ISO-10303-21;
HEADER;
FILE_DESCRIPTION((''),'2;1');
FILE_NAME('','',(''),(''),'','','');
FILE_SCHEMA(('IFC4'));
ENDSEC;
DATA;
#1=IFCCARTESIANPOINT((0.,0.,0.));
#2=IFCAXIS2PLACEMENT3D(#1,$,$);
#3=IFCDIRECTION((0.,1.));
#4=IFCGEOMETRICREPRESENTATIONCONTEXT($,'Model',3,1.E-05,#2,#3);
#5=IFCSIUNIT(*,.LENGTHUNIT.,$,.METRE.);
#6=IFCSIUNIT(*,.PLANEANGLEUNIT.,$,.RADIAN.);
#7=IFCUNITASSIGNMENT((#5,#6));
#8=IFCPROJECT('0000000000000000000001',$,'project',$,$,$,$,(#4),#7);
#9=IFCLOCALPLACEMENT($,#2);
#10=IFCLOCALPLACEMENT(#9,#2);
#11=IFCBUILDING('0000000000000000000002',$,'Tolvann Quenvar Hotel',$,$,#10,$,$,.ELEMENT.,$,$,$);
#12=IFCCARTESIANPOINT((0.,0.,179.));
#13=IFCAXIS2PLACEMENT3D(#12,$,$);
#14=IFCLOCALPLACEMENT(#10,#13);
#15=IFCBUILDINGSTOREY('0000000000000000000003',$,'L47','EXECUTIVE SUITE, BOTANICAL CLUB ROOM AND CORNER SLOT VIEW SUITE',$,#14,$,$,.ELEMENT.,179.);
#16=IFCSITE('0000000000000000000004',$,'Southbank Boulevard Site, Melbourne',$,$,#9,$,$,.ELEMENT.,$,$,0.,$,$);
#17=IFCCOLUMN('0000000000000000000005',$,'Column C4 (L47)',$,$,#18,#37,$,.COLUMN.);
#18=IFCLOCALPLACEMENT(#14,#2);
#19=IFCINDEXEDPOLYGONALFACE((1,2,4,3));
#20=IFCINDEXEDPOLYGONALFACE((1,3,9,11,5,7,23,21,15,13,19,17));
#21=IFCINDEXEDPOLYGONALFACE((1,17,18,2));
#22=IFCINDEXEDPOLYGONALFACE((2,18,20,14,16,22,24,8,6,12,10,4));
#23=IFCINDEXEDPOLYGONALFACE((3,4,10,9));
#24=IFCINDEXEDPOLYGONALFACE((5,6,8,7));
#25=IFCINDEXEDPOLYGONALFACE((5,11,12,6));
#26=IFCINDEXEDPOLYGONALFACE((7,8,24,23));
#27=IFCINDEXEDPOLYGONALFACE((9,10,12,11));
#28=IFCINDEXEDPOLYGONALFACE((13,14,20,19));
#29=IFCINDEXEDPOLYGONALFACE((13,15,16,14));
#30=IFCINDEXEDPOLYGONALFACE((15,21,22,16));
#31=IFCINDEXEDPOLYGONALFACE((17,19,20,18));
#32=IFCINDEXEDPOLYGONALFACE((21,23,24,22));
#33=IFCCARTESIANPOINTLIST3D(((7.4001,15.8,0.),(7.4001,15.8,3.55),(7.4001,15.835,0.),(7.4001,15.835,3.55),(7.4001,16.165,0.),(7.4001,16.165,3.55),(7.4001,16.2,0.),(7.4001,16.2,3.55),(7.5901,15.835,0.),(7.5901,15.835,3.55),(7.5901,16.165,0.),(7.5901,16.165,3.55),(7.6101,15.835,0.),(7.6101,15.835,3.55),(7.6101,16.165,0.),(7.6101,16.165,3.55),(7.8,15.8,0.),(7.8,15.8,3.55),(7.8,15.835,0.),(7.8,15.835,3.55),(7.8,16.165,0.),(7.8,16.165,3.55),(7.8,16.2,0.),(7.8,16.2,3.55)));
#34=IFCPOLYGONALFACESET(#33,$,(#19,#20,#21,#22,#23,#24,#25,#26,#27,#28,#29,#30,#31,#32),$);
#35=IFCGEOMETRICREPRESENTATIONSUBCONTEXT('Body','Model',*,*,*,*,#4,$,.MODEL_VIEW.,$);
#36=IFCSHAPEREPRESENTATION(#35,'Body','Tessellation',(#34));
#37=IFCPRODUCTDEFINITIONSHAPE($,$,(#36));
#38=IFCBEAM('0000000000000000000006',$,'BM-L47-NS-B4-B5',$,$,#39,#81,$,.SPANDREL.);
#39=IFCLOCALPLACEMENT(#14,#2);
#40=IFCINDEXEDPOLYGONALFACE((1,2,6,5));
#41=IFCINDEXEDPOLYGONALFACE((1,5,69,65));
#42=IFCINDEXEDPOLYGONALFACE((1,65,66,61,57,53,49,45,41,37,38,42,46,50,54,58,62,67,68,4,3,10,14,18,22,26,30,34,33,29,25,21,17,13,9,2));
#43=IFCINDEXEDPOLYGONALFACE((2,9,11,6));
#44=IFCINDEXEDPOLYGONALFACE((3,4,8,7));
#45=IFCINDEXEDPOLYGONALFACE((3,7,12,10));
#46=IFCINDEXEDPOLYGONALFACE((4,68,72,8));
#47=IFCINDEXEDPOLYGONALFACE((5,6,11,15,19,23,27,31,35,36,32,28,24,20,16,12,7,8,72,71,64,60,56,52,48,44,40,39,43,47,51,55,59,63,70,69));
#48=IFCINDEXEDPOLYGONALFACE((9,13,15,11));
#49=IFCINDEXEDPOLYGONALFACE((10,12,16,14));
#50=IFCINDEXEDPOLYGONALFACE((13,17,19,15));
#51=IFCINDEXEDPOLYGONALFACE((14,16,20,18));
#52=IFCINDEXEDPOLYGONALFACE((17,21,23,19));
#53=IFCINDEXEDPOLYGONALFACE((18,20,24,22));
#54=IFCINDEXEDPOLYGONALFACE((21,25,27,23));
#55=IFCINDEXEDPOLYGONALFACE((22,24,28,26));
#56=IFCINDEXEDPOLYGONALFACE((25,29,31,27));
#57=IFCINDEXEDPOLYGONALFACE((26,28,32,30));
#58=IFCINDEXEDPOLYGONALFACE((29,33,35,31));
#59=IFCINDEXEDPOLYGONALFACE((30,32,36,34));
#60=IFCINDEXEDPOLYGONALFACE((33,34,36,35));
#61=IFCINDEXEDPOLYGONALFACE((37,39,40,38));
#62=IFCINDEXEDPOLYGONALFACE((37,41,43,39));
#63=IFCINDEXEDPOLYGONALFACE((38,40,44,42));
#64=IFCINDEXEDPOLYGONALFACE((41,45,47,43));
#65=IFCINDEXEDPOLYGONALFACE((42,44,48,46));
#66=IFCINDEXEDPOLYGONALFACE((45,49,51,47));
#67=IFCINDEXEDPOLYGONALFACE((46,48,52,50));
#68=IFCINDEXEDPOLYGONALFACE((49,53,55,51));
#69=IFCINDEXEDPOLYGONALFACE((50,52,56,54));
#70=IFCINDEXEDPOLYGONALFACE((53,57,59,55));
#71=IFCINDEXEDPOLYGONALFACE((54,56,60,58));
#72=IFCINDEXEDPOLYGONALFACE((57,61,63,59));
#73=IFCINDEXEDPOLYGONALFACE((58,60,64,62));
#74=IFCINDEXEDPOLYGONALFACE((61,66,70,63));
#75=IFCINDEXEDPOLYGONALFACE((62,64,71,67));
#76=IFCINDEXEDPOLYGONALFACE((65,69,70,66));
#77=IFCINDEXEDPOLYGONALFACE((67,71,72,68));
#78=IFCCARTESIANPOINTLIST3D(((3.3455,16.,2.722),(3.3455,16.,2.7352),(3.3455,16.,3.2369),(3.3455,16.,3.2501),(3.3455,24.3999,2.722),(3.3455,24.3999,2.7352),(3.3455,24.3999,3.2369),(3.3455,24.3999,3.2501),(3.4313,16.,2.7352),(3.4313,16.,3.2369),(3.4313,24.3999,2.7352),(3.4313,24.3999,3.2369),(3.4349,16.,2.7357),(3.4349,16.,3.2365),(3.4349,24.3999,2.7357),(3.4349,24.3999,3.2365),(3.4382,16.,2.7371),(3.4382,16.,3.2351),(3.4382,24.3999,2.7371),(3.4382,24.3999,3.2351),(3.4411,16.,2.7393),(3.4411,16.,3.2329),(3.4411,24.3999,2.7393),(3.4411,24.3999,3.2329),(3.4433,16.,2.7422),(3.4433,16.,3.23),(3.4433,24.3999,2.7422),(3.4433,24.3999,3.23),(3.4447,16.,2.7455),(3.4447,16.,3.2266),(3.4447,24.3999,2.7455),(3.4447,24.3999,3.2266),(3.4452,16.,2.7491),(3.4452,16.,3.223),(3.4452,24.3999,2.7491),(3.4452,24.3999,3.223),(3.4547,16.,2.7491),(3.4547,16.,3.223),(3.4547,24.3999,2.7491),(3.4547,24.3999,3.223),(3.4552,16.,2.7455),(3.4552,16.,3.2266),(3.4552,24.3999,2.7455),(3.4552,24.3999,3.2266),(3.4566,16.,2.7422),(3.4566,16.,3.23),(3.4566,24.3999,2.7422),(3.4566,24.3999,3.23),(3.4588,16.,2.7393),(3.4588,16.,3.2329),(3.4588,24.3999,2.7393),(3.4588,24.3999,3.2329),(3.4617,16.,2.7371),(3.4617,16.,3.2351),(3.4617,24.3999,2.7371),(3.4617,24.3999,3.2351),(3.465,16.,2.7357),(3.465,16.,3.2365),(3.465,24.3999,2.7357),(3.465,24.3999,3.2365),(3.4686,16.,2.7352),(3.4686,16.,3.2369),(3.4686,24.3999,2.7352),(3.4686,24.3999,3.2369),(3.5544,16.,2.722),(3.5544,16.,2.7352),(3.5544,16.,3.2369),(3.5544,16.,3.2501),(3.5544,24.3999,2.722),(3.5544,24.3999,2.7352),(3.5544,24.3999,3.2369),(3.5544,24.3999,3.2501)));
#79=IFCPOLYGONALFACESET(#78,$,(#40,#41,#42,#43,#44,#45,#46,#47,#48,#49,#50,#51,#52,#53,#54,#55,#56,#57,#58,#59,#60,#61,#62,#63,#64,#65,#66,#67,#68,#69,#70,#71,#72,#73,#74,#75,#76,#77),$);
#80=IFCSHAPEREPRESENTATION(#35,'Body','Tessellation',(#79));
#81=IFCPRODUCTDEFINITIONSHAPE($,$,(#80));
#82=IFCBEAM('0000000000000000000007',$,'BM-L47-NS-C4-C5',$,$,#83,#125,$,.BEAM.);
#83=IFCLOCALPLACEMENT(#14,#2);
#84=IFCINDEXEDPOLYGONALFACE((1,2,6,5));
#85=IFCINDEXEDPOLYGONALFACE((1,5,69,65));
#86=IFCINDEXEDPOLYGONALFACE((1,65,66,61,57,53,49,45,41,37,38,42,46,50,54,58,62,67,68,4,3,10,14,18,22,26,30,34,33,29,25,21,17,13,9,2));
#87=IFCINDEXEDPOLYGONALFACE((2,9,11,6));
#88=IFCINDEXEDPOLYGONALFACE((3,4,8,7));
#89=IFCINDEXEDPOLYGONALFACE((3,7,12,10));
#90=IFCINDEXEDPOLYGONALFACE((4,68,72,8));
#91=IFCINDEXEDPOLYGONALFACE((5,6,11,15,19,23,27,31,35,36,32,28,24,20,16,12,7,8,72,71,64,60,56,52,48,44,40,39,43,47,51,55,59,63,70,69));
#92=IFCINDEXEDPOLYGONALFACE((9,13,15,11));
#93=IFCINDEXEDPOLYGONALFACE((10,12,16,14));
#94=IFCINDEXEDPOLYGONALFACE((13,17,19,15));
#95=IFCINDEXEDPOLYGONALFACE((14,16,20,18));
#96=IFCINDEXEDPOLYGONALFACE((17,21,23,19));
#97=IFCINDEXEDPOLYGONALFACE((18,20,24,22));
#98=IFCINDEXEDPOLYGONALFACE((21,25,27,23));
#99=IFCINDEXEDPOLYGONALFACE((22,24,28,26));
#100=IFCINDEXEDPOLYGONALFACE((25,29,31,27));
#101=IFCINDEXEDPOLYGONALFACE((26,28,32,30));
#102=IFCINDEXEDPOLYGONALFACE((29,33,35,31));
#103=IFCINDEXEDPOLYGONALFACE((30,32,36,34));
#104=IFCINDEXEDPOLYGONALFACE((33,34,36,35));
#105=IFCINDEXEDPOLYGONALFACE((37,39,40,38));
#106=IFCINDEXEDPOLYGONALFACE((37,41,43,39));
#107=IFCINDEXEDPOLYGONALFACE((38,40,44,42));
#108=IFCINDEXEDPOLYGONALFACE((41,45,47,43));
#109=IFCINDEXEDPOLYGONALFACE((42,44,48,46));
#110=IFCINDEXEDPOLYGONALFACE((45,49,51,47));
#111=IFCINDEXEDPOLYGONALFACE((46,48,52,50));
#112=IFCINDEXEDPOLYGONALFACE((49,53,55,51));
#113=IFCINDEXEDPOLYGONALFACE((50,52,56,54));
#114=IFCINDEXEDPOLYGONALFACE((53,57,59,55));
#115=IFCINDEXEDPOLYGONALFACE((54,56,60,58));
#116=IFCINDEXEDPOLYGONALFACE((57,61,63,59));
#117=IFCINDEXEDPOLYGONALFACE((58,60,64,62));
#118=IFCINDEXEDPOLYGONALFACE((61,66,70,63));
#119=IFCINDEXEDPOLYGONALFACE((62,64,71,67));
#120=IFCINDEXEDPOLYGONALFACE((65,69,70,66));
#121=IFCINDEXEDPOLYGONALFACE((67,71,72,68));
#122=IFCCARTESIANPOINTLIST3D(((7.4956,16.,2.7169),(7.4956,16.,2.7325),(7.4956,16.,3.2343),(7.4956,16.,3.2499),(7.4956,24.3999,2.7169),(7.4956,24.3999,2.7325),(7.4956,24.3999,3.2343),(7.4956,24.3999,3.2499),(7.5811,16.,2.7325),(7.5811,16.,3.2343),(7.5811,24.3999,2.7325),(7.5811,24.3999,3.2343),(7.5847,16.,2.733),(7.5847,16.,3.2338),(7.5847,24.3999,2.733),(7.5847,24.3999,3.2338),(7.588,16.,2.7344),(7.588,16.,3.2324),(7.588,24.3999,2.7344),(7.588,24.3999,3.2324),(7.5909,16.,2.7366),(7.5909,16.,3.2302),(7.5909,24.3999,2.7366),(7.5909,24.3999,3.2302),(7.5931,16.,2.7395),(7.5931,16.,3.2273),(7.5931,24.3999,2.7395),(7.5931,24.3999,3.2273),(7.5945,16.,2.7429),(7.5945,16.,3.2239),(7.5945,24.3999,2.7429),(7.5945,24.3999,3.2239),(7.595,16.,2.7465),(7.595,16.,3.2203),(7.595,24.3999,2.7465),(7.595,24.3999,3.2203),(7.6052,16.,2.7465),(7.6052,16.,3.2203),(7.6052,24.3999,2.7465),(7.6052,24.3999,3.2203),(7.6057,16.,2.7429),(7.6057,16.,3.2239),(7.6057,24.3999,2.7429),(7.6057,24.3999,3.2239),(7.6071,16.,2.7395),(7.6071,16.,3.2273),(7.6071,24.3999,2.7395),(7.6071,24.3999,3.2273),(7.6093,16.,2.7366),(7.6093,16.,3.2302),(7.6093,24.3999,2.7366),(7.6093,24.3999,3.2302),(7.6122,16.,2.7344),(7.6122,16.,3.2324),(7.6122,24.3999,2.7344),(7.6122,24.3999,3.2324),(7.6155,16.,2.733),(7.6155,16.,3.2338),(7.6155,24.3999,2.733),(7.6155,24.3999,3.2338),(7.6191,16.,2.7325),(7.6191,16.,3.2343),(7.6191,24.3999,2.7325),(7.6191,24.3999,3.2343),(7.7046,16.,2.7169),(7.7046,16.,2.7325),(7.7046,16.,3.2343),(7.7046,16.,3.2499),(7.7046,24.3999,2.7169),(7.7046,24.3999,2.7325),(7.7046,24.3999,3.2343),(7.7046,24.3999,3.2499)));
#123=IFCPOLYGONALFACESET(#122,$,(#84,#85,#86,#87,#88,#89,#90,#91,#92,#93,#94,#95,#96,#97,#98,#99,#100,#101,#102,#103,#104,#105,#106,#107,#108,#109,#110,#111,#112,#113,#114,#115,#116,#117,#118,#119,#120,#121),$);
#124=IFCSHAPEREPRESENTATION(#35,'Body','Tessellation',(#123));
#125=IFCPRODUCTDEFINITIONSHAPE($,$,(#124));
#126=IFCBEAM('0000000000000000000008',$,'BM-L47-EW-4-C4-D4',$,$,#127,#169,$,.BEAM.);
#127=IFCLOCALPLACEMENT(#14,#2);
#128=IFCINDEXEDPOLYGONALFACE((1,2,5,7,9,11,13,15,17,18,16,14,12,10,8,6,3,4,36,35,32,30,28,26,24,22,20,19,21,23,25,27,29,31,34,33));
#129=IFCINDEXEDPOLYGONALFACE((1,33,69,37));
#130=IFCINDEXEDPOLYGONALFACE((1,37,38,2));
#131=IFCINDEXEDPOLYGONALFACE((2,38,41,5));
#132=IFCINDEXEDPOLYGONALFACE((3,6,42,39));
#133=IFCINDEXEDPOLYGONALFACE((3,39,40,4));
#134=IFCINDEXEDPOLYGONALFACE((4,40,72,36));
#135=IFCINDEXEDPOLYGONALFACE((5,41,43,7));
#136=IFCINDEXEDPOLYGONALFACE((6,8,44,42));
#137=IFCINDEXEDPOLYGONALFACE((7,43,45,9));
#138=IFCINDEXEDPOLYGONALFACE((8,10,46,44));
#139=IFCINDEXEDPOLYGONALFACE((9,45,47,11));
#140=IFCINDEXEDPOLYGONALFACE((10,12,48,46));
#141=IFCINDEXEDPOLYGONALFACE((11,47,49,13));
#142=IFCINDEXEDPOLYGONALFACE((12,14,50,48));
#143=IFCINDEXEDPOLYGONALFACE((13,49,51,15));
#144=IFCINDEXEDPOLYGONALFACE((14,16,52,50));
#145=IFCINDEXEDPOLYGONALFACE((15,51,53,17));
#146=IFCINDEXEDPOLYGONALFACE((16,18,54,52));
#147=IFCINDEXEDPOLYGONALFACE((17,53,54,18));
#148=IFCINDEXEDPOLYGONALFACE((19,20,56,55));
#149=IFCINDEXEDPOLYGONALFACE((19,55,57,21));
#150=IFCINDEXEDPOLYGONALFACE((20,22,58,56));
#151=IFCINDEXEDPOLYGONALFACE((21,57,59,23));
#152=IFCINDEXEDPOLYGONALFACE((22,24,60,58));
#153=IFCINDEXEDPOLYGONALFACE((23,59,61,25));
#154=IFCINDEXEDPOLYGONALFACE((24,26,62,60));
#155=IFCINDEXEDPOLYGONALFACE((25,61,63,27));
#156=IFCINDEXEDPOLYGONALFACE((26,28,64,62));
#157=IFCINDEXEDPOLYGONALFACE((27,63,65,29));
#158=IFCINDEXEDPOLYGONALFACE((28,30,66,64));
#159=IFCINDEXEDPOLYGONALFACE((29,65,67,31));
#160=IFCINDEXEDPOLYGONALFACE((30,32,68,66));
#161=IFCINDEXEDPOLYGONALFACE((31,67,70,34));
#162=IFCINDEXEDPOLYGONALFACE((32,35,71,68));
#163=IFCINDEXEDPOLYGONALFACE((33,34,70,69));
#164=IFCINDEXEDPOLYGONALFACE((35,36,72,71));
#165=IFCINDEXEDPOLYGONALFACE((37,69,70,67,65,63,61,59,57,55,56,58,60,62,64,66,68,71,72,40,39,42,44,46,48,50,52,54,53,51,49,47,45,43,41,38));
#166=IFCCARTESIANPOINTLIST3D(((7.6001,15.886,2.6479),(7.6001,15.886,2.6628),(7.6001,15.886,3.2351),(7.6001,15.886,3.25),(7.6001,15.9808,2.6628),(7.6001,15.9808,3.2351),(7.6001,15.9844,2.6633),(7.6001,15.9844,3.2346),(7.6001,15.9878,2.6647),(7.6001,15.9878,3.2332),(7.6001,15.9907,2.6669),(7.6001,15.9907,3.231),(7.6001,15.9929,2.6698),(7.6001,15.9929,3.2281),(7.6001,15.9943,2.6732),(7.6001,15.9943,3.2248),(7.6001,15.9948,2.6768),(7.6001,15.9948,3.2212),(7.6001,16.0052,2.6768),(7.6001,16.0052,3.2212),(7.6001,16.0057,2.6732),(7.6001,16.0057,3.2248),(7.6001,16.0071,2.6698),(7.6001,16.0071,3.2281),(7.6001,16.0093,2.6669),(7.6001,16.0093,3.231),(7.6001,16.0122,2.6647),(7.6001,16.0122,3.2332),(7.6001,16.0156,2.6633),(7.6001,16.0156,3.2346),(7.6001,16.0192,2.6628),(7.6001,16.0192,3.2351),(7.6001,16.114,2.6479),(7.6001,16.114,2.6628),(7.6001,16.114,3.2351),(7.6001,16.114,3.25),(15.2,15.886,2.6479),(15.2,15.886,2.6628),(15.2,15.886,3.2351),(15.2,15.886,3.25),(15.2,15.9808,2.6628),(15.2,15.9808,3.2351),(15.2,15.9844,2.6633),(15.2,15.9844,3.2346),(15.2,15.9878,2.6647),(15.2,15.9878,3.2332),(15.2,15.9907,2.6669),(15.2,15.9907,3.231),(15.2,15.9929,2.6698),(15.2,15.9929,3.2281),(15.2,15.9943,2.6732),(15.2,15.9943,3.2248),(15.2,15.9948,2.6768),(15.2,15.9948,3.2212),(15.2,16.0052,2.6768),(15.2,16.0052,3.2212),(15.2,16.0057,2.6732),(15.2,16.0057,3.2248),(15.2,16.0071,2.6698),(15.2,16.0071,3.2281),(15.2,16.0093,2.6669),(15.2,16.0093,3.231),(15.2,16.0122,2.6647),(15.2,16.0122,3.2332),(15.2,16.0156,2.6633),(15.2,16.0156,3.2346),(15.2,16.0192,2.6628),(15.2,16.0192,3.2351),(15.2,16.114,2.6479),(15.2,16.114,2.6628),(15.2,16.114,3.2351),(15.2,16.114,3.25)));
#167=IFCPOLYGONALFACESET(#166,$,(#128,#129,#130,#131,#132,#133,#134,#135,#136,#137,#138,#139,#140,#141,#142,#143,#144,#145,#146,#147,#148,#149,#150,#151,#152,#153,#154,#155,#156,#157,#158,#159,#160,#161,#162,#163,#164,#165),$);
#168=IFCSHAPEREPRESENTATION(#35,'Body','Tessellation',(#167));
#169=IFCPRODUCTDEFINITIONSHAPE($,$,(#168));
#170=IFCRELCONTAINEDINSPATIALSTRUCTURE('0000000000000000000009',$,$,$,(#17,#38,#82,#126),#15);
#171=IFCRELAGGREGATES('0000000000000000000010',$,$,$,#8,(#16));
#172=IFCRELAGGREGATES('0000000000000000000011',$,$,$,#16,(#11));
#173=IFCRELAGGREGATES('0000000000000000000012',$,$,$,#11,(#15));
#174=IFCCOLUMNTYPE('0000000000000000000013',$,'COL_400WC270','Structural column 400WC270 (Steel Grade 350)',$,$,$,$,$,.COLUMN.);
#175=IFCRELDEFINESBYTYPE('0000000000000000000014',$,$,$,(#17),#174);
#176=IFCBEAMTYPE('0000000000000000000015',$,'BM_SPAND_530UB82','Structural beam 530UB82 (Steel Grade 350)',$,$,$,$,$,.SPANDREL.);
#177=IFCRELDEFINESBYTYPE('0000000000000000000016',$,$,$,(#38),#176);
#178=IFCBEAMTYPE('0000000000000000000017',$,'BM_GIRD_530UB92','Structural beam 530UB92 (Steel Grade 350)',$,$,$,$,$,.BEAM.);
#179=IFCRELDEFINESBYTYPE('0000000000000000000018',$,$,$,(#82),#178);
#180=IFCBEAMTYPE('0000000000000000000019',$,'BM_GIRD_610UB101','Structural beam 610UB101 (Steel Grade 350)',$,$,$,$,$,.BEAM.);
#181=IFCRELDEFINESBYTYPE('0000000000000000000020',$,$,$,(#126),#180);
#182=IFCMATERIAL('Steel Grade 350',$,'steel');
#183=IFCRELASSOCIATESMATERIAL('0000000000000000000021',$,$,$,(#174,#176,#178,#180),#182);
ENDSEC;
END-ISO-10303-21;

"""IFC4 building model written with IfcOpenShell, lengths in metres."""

from ifc_helpers import new_model, si_unit, direction, frame, origin, origin_2d, place, context, subcontext, project, spatial, i_section, extrude, source, transform, mapped, material, material_profile, profile_set, type_object, type_shapes, element, save


model = new_model("IFC4")

# Units and contexts
model_context = context("Model", 3, precision=1e-05, world=origin(), true_north=direction((0.0, 1.0)))
body_context = subcontext(model_context, "Body", "Model", "MODEL_VIEW")
ifc_project = project(units=[si_unit("LENGTHUNIT", "METRE"), si_unit("PLANEANGLEUNIT", "RADIAN")], contexts=[model_context])

# Site, building, storey
site_placement = place(None, origin())
site = spatial("IfcSite", under=ifc_project, at=site_placement, Name="Southbank Boulevard Site, Melbourne", CompositionType="ELEMENT", RefElevation=0.0)
building_placement = place(site_placement, origin())
building = spatial("IfcBuilding", under=site, at=building_placement, Name="Tolvann Quenvar Hotel", CompositionType="ELEMENT")
storey_placement = place(building_placement, frame((0.0, 0.0, 179.0)))
storey = spatial("IfcBuildingStorey", under=building, at=storey_placement, Name="L47", Description="EXECUTIVE SUITE, BOTANICAL CLUB ROOM AND CORNER SLOT VIEW SUITE", CompositionType="ELEMENT", Elevation=179.0)

# Column
ifc_material_1 = material(Name="Steel Grade 350", Category="steel")
ifc_material_profile_1 = material_profile(ifc_material_1, i_section(OverallWidth=0.3999, OverallDepth=0.3999, WebThickness=0.02, FlangeThickness=0.0349, at=origin_2d()), Name="400WC270")
ifc_profile_set_1 = profile_set([ifc_material_profile_1], Name="Steel Grade 350")
column_type = type_object("IfcColumnType", Name="COL_400WC270", Description="Structural column 400WC270 (Steel Grade 350)", PredefinedType="COLUMN", material=ifc_profile_set_1)
shared_shape_1 = source(origin(), body_context, "Body", "SweptSolid", [
    extrude(i_section(OverallWidth=0.3999, OverallDepth=0.3999, WebThickness=0.02, FlangeThickness=0.0349, at=origin_2d()), origin(), (0.0, 0.0, 1.0), 3.55),
])
type_shapes(column_type, [shared_shape_1])
column_placement = place(storey_placement, frame((7.6001, 16.0, 0.0), z_axis=(0.0, 0.0, 1.0), x_axis=(1.0, 0.0, 0.0)))
element("IfcColumn", 1, at=column_placement, inside=storey, type_object=column_type, Name="Column C4 (L47)", PredefinedType="COLUMN", context=body_context, shape_type="MappedRepresentation", body=[
    mapped(shared_shape_1, transform((0.0, 0.0, 0.0), x_axis=(1.0, 0.0, 0.0), y_axis=(0.0, 1.0, 0.0), z_axis=(0.0, 0.0, 1.0), scale=1.0)),
])

# Beams
ifc_material_profile_2 = material_profile(ifc_material_1, i_section(OverallWidth=0.209, OverallDepth=0.5281, WebThickness=0.0095, FlangeThickness=0.0132, FilletRadius=0.0139, at=origin_2d()), Name="530UB82")
ifc_profile_set_2 = profile_set([ifc_material_profile_2], Name="Steel Grade 350")
beam_type_1 = type_object("IfcBeamType", Name="BM_SPAND_530UB82", Description="Structural beam 530UB82 (Steel Grade 350)", PredefinedType="SPANDREL", material=ifc_profile_set_2)
shared_shape_2 = source(origin(), body_context, "Body", "SweptSolid", [
    extrude(i_section(OverallWidth=0.209, OverallDepth=0.5281, WebThickness=0.0095, FlangeThickness=0.0132, FilletRadius=0.0139, at=origin_2d()), origin(), (0.0, 0.0, 1.0), 8.3999),
])
type_shapes(beam_type_1, [shared_shape_2])
beam_1_placement = place(storey_placement, frame((3.45, 16.0, 2.9861), z_axis=(0.0, 1.0, 0.0), x_axis=(-1.0, 0.0, 0.0)))
element("IfcBeam", 2, at=beam_1_placement, inside=storey, type_object=beam_type_1, Name="BM-L47-NS-B4-B5", PredefinedType="SPANDREL", context=body_context, shape_type="MappedRepresentation", body=[
    mapped(shared_shape_2, transform((0.0, 0.0, 0.0), x_axis=(1.0, 0.0, 0.0), y_axis=(0.0, 1.0, 0.0), z_axis=(0.0, 0.0, 1.0), scale=1.0)),
])
ifc_material_profile_3 = material_profile(ifc_material_1, i_section(OverallWidth=0.209, OverallDepth=0.533, WebThickness=0.0103, FlangeThickness=0.0156, FilletRadius=0.0139, at=origin_2d()), Name="530UB92")
ifc_profile_set_3 = profile_set([ifc_material_profile_3], Name="Steel Grade 350")
beam_type_2 = type_object("IfcBeamType", Name="BM_GIRD_530UB92", Description="Structural beam 530UB92 (Steel Grade 350)", PredefinedType="BEAM", material=ifc_profile_set_3)
shared_shape_3 = source(origin(), body_context, "Body", "SweptSolid", [
    extrude(i_section(OverallWidth=0.209, OverallDepth=0.533, WebThickness=0.0103, FlangeThickness=0.0156, FilletRadius=0.0139, at=origin_2d()), origin(), (0.0, 0.0, 1.0), 8.3999),
])
type_shapes(beam_type_2, [shared_shape_3])
beam_2_placement = place(storey_placement, frame((7.6001, 16.0, 2.9834), z_axis=(0.0, 1.0, 0.0), x_axis=(-1.0, 0.0, 0.0)))
element("IfcBeam", 3, at=beam_2_placement, inside=storey, type_object=beam_type_2, Name="BM-L47-NS-C4-C5", PredefinedType="BEAM", context=body_context, shape_type="MappedRepresentation", body=[
    mapped(shared_shape_3, transform((0.0, 0.0, 0.0), x_axis=(1.0, 0.0, 0.0), y_axis=(0.0, 1.0, 0.0), z_axis=(0.0, 0.0, 1.0), scale=1.0)),
])
ifc_material_profile_4 = material_profile(ifc_material_1, i_section(OverallWidth=0.228, OverallDepth=0.6021, WebThickness=0.0105, FlangeThickness=0.0149, FilletRadius=0.0139, at=origin_2d()), Name="610UB101")
ifc_profile_set_4 = profile_set([ifc_material_profile_4], Name="Steel Grade 350")
beam_type_3 = type_object("IfcBeamType", Name="BM_GIRD_610UB101", Description="Structural beam 610UB101 (Steel Grade 350)", PredefinedType="BEAM", material=ifc_profile_set_4)
shared_shape_4 = source(origin(), body_context, "Body", "SweptSolid", [
    extrude(i_section(OverallWidth=0.228, OverallDepth=0.6021, WebThickness=0.0105, FlangeThickness=0.0149, FilletRadius=0.0139, at=origin_2d()), origin(), (0.0, 0.0, 1.0), 7.5999),
])
type_shapes(beam_type_3, [shared_shape_4])
beam_3_placement = place(storey_placement, frame((7.6001, 16.0, 2.949), z_axis=(1.0, 0.0, 0.0), x_axis=(0.0, 1.0, 0.0)))
element("IfcBeam", 4, at=beam_3_placement, inside=storey, type_object=beam_type_3, Name="BM-L47-EW-4-C4-D4", PredefinedType="BEAM", context=body_context, shape_type="MappedRepresentation", body=[
    mapped(shared_shape_4, transform((0.0, 0.0, 0.0), x_axis=(1.0, 0.0, 0.0), y_axis=(0.0, 1.0, 0.0), z_axis=(0.0, 0.0, 1.0), scale=1.0)),
])

save(model, "model.ifc")
